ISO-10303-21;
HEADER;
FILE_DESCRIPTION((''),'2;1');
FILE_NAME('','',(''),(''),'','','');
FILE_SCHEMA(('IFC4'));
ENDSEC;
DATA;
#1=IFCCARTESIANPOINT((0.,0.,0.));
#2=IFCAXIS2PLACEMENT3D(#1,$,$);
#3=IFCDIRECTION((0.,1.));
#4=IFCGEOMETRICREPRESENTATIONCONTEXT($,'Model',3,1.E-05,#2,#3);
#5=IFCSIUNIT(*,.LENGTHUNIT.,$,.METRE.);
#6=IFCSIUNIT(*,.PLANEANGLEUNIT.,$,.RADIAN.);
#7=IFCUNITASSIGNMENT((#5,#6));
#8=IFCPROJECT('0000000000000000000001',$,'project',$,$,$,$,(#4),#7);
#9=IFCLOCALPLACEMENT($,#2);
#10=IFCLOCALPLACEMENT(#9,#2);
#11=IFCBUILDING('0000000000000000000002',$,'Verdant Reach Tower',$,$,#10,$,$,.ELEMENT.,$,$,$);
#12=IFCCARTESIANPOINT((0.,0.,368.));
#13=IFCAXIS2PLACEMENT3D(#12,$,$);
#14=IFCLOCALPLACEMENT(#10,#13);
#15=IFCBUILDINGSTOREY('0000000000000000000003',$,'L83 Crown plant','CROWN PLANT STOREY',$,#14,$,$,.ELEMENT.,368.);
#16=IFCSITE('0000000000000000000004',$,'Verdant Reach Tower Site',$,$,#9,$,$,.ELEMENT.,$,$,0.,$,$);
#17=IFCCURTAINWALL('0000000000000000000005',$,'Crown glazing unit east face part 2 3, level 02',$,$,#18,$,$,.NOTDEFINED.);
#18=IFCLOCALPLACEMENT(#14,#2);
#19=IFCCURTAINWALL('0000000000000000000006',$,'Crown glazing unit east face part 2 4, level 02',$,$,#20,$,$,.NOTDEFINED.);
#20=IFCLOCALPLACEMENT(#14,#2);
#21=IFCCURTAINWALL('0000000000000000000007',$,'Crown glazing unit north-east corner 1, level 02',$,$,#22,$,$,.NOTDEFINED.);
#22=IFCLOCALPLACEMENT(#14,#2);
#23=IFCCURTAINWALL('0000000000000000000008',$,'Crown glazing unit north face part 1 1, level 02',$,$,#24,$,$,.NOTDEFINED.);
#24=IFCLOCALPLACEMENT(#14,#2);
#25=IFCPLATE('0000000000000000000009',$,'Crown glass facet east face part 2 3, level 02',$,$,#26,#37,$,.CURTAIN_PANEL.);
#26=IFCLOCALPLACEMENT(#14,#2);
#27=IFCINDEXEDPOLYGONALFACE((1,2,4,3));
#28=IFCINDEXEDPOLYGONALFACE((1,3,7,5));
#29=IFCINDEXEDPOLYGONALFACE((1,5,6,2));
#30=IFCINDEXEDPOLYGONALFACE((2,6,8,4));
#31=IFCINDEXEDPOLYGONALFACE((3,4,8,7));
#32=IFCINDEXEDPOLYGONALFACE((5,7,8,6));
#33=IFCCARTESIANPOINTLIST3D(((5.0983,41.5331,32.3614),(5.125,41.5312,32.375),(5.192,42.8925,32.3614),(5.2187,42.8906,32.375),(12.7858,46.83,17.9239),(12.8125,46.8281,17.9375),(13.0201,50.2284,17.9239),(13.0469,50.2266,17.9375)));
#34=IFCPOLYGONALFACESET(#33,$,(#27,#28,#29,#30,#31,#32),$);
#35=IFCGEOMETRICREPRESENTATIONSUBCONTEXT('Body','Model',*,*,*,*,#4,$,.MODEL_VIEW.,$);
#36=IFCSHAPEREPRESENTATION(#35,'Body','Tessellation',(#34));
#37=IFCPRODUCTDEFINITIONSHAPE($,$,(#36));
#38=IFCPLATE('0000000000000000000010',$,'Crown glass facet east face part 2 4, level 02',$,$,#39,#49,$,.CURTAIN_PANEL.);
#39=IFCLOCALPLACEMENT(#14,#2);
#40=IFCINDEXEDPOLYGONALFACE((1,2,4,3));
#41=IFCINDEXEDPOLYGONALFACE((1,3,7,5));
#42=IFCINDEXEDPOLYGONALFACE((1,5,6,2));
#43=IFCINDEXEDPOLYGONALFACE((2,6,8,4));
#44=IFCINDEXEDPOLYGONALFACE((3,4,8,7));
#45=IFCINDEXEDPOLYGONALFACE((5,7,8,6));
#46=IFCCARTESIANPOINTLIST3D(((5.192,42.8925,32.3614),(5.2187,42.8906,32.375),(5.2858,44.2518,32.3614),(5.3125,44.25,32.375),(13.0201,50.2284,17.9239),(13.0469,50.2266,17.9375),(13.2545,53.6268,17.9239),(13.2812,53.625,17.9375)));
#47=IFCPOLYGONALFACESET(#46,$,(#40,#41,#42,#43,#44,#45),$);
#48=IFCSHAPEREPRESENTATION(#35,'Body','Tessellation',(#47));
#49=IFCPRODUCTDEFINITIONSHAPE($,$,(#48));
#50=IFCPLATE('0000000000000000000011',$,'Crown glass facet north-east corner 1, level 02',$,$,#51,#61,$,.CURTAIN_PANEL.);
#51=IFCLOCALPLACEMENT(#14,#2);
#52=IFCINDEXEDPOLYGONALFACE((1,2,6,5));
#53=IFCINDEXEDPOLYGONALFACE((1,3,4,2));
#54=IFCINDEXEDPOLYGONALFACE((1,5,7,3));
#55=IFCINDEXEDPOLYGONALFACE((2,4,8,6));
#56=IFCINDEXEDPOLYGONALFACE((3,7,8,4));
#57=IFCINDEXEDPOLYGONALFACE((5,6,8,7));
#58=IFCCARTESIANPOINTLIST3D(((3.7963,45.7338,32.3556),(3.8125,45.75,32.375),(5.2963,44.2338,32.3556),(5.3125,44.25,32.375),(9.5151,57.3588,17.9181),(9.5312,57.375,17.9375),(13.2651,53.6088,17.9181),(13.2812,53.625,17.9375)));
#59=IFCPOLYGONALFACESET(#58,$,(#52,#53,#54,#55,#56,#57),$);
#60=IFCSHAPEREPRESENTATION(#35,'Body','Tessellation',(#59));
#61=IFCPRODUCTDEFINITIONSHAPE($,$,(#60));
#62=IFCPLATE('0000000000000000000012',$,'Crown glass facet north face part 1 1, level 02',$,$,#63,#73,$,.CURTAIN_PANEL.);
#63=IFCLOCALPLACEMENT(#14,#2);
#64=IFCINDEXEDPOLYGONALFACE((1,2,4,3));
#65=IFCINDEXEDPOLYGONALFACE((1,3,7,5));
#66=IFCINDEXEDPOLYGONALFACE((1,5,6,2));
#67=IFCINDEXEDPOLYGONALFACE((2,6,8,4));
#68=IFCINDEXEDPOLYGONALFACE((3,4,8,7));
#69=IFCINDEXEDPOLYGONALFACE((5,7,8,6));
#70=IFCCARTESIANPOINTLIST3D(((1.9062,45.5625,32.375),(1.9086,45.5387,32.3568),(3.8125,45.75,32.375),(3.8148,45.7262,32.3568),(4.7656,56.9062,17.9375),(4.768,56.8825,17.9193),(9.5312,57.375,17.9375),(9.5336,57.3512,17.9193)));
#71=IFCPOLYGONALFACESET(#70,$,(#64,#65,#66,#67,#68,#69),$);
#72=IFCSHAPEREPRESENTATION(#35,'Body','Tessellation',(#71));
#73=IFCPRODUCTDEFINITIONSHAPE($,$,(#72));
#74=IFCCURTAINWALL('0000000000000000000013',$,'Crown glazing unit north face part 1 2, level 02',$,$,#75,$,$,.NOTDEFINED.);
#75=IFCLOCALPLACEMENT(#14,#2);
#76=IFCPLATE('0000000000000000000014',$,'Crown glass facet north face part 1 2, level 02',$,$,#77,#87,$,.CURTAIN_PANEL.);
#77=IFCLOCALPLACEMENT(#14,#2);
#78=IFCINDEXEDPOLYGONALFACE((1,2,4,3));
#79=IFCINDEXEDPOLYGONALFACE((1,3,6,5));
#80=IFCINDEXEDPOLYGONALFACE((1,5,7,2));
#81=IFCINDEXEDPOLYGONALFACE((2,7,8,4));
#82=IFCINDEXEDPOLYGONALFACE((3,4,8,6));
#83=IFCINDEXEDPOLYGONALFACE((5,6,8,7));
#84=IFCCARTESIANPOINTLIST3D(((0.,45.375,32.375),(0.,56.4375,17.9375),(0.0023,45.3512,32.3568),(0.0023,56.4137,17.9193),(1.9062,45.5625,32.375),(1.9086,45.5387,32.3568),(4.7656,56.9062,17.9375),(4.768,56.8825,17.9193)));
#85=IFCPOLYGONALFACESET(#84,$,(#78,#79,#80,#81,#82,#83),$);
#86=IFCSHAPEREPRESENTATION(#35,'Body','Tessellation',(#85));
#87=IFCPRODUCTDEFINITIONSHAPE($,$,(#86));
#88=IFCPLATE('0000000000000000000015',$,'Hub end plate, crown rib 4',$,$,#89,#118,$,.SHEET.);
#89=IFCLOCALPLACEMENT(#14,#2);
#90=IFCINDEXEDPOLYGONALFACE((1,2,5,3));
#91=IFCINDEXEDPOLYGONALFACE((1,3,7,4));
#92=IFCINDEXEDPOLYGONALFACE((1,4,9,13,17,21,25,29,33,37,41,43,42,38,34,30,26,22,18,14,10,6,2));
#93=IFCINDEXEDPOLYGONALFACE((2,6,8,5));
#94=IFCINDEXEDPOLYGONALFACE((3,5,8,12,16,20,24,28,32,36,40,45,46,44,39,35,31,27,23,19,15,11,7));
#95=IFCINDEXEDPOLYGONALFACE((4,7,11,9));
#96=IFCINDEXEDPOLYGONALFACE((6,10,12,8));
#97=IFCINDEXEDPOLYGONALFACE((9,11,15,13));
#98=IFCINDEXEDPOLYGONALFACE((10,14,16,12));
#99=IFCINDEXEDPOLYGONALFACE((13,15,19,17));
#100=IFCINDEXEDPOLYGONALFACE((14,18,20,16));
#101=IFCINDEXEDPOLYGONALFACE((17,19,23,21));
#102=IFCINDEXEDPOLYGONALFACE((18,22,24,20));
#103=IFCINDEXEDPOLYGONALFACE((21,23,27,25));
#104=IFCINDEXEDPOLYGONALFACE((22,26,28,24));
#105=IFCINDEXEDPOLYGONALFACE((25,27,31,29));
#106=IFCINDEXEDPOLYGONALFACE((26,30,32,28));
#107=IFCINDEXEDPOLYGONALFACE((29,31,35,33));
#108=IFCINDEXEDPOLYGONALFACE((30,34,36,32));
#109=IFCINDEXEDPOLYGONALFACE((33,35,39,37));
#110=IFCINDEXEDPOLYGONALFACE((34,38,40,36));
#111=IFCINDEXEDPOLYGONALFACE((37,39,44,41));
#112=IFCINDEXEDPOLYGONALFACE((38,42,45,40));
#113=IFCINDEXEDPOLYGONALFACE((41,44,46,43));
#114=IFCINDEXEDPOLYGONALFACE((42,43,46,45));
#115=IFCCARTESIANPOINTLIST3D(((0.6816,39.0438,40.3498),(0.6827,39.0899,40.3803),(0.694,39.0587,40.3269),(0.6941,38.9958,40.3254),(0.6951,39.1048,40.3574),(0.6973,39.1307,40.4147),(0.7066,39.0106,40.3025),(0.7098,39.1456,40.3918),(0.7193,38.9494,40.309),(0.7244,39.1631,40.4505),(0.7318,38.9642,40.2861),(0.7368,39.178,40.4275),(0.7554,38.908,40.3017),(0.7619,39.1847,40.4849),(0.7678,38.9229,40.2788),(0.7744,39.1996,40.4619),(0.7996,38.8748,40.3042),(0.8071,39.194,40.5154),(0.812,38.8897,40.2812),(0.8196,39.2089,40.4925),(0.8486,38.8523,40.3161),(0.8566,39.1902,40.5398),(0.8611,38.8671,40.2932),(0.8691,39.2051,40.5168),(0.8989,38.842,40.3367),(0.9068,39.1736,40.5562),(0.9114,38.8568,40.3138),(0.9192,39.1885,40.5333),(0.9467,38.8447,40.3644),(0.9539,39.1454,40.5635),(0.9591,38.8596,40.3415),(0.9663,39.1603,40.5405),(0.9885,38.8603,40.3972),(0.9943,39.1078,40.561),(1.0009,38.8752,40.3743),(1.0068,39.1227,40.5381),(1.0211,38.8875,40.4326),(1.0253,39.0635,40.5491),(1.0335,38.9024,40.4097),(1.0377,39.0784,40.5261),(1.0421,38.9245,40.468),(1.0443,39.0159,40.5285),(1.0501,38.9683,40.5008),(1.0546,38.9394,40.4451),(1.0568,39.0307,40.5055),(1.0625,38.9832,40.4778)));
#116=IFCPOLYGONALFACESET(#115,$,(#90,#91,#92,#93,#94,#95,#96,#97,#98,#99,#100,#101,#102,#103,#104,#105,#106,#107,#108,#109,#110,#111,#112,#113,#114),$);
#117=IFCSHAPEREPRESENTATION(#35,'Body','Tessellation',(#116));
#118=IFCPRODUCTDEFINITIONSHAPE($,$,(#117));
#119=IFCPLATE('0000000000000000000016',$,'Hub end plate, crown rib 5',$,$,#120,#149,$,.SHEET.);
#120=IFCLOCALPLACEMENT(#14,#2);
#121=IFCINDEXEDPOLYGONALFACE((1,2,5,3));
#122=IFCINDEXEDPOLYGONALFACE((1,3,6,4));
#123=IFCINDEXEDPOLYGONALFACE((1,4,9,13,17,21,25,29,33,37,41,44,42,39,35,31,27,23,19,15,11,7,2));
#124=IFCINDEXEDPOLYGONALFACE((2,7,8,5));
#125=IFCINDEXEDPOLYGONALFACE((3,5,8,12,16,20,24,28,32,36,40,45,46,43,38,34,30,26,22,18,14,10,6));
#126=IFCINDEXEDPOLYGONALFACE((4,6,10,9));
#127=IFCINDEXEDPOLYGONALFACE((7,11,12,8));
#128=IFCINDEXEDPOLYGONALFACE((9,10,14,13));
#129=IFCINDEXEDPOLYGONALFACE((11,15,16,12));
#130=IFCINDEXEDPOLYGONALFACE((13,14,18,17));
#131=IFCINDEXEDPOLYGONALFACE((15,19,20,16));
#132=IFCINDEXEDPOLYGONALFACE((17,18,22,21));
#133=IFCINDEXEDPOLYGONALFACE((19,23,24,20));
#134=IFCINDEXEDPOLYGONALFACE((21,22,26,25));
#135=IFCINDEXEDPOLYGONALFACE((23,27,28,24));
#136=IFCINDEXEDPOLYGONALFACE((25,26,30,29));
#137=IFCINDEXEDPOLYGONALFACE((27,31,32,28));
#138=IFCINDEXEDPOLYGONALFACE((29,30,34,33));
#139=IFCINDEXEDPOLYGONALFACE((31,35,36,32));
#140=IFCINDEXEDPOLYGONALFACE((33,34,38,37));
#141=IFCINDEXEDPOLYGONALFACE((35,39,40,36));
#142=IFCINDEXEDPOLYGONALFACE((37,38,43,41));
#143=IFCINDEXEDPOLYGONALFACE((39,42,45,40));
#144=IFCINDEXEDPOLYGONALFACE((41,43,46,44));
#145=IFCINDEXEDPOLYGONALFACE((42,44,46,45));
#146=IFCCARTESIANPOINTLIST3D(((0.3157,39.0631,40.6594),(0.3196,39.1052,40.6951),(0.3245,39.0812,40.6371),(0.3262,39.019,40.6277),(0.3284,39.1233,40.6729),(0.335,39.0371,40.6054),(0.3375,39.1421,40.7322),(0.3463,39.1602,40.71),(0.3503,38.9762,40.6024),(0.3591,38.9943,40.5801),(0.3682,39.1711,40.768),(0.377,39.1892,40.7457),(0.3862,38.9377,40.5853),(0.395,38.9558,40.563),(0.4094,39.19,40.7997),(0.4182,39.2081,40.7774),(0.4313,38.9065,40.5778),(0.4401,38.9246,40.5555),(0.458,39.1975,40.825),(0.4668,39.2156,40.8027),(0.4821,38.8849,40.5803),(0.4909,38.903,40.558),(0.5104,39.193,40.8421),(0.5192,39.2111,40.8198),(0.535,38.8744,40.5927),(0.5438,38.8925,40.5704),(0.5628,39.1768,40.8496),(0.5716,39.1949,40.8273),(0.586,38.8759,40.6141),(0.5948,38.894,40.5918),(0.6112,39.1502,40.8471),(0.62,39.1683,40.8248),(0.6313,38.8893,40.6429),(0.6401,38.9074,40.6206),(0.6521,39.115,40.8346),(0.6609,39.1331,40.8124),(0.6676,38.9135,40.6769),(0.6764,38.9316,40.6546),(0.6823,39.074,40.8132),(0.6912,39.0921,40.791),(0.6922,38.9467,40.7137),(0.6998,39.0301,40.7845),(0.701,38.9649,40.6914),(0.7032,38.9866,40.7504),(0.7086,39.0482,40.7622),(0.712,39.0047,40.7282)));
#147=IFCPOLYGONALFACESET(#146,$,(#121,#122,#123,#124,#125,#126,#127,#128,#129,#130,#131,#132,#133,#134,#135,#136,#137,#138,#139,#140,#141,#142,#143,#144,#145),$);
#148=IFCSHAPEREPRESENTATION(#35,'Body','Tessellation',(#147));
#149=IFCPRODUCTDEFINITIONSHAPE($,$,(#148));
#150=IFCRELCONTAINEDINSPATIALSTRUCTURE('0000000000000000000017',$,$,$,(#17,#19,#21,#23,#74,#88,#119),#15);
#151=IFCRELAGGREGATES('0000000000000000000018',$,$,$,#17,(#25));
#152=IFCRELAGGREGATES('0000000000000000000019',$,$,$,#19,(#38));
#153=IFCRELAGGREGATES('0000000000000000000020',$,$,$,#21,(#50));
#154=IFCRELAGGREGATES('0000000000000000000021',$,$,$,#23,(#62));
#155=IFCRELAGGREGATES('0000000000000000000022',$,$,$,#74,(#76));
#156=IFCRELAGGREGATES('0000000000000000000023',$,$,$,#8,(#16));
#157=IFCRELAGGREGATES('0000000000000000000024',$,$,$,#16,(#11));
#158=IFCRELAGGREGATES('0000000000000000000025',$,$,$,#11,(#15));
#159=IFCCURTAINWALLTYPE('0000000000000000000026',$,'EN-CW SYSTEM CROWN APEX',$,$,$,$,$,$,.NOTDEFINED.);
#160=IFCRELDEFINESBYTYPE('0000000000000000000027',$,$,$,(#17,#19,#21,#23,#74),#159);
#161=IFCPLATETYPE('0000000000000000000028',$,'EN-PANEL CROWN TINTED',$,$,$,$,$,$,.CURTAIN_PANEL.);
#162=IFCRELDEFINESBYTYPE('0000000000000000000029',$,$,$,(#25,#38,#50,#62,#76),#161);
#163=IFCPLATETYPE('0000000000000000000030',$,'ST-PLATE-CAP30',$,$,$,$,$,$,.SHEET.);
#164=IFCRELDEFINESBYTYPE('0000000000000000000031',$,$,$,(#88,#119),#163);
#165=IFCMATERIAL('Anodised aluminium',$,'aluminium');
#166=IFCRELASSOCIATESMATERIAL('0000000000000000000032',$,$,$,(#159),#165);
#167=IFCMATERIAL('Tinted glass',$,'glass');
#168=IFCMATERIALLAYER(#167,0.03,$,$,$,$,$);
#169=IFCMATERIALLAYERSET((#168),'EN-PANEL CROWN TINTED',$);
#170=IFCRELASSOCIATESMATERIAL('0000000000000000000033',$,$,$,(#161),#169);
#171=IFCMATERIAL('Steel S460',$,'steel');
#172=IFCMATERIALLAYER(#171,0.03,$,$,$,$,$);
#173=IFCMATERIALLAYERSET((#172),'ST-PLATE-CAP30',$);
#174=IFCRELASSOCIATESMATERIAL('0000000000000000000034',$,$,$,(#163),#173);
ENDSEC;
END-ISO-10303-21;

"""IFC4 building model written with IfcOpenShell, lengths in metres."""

from ifc_helpers import new_model, si_unit, direction, frame, origin, origin_2d, place, context, subcontext, project, spatial, polyline, circle, outline, extrude, material, layer, layer_set, type_object, element, aggregate, save


model = new_model("IFC4")

# Units and contexts
model_context = context("Model", 3, precision=1e-05, world=origin(), true_north=direction((0.0, 1.0)))
body_context = subcontext(model_context, "Body", "Model", "MODEL_VIEW")
ifc_project = project(units=[si_unit("LENGTHUNIT", "METRE"), si_unit("PLANEANGLEUNIT", "RADIAN")], contexts=[model_context])

# Site, building, storey
site_placement = place(None, origin())
site = spatial("IfcSite", under=ifc_project, at=site_placement, Name="Verdant Reach Tower Site", CompositionType="ELEMENT", RefElevation=0.0)
building_placement = place(site_placement, origin())
building = spatial("IfcBuilding", under=site, at=building_placement, Name="Verdant Reach Tower", CompositionType="ELEMENT")
storey_placement = place(building_placement, frame((0.0, 0.0, 368.0)))
storey = spatial("IfcBuildingStorey", under=building, at=storey_placement, Name="L83 Crown plant", Description="CROWN PLANT STOREY", CompositionType="ELEMENT", Elevation=368.0)

# Curtain walls
ifc_material_1 = material(Name="Anodised aluminium", Category="aluminium")
curtain_wall_type = type_object("IfcCurtainWallType", Name="EN-CW SYSTEM CROWN APEX", PredefinedType="NOTDEFINED", material=ifc_material_1)
curtain_wall_1_placement = place(storey_placement, origin())
curtain_wall_1 = element("IfcCurtainWall", 1, at=curtain_wall_1_placement, inside=storey, type_object=curtain_wall_type, Name="Crown glazing unit east face part 2 3, level 02", PredefinedType="NOTDEFINED")
curtain_wall_2_placement = place(storey_placement, origin())
curtain_wall_2 = element("IfcCurtainWall", 2, at=curtain_wall_2_placement, inside=storey, type_object=curtain_wall_type, Name="Crown glazing unit east face part 2 4, level 02", PredefinedType="NOTDEFINED")
curtain_wall_3_placement = place(storey_placement, origin())
curtain_wall_3 = element("IfcCurtainWall", 3, at=curtain_wall_3_placement, inside=storey, type_object=curtain_wall_type, Name="Crown glazing unit north-east corner 1, level 02", PredefinedType="NOTDEFINED")
curtain_wall_4_placement = place(storey_placement, origin())
curtain_wall_4 = element("IfcCurtainWall", 4, at=curtain_wall_4_placement, inside=storey, type_object=curtain_wall_type, Name="Crown glazing unit north face part 1 1, level 02", PredefinedType="NOTDEFINED")

# Plates
ifc_material_2 = material(Name="Tinted glass", Category="glass")
ifc_layer_1 = layer(ifc_material_2, 0.03)
ifc_layer_set_1 = layer_set([ifc_layer_1], Name="EN-PANEL CROWN TINTED")
plate_type_1 = type_object("IfcPlateType", Name="EN-PANEL CROWN TINTED", PredefinedType="CURTAIN_PANEL", material=ifc_layer_set_1)
plate_1_placement = place(storey_placement, frame((12.8125, 46.8281, 17.9375), z_axis=(0.890174, -0.061391, 0.451465), x_axis=(0.068802, 0.99763, 0.0)))
plate_1 = element("IfcPlate", 5, at=plate_1_placement, type_object=plate_type_1, Name="Crown glass facet east face part 2 3, level 02", PredefinedType="CURTAIN_PANEL", context=body_context, shape_type="SweptSolid", body=[
    extrude(outline(polyline([(0.0, 0.0), (3.4065, 0.0), (-4.4506, 16.1803), (-5.8132, 16.1803), (0.0, 0.0)])), origin(), (0.0, 0.0, -1.0), 0.03),
])
aggregate(curtain_wall_1, [plate_1])
plate_2_placement = place(storey_placement, frame((13.0469, 50.2266, 17.9375), z_axis=(0.890174, -0.061391, 0.451465), x_axis=(0.068802, 0.99763, 0.0)))
plate_2 = element("IfcPlate", 6, at=plate_2_placement, type_object=plate_type_1, Name="Crown glass facet east face part 2 4, level 02", PredefinedType="CURTAIN_PANEL", context=body_context, shape_type="SweptSolid", body=[
    extrude(outline(polyline([(0.0, 0.0), (3.4065, 0.0), (-6.4945, 16.1803), (-7.8571, 16.1803), (0.0, 0.0)])), origin(), (0.0, 0.0, -1.0), 0.03),
])
aggregate(curtain_wall_2, [plate_2])
plate_3_placement = place(storey_placement, frame((13.2812, 53.625, 17.9375), z_axis=(0.53892, 0.53892, 0.647403), x_axis=(-0.707107, 0.707107, 0.0)))
plate_3 = element("IfcPlate", 7, at=plate_3_placement, type_object=plate_type_1, Name="Crown glass facet north-east corner 1, level 02", PredefinedType="CURTAIN_PANEL", context=body_context, shape_type="SweptSolid", body=[
    extrude(outline(polyline([(0.0, 0.0), (5.3033, 0.0), (1.127, 18.9432), (-0.9944, 18.9432), (0.0, 0.0)])), origin(), (0.0, 0.0, -1.0), 0.03),
])
aggregate(curtain_wall_3, [plate_3])
plate_4_placement = place(storey_placement, frame((9.5312, 57.375, 17.9375), z_axis=(-0.077839, 0.791364, 0.60637), x_axis=(-0.995197, -0.097888, 0.0)))
plate_4 = element("IfcPlate", 8, at=plate_4_placement, type_object=plate_type_1, Name="Crown glass facet north face part 1 1, level 02", PredefinedType="CURTAIN_PANEL", context=body_context, shape_type="SweptSolid", body=[
    extrude(outline(polyline([(0.0, 0.0), (4.7886, 0.0), (8.7447, 18.1562), (6.8292, 18.1562), (0.0, 0.0)])), origin(), (0.0, 0.0, -1.0), 0.03),
])
aggregate(curtain_wall_4, [plate_4])

# Curtain wall, plate
curtain_wall_5_placement = place(storey_placement, origin())
curtain_wall_5 = element("IfcCurtainWall", 9, at=curtain_wall_5_placement, inside=storey, type_object=curtain_wall_type, Name="Crown glazing unit north face part 1 2, level 02", PredefinedType="NOTDEFINED")
plate_5_placement = place(storey_placement, frame((4.7656, 56.9062, 17.9375), z_axis=(-0.077839, 0.791364, 0.60637), x_axis=(-0.995197, -0.097888, 0.0)))
plate_5 = element("IfcPlate", 10, at=plate_5_placement, type_object=plate_type_1, Name="Crown glass facet north face part 1 2, level 02", PredefinedType="CURTAIN_PANEL", context=body_context, shape_type="SweptSolid", body=[
    extrude(outline(polyline([(0.0, 0.0), (4.7886, 0.0), (5.8715, 18.1562), (3.9561, 18.1562), (0.0, 0.0)])), origin(), (0.0, 0.0, -1.0), 0.03),
])
aggregate(curtain_wall_5, [plate_5])

# Plates
ifc_material_3 = material(Name="Steel S460", Category="steel")
ifc_layer_2 = layer(ifc_material_3, 0.03)
ifc_layer_set_2 = layer_set([ifc_layer_2], Name="ST-PLATE-CAP30")
plate_type_2 = type_object("IfcPlateType", Name="ST-PLATE-CAP30", PredefinedType="SHEET", material=ifc_layer_set_2)
for number, where, z_axis, x_axis, name in (
    (11, (0.8777, 39.0327, 40.4097), (-0.414237, -0.49546, 0.763496), (0.767189, -0.641421, 0.0), "Hub end plate, crown rib 4"),
    (12, (0.5183, 39.0537, 40.6914), (-0.293421, -0.603143, 0.741703), (0.899235, -0.437466, 0.0), "Hub end plate, crown rib 5"),
):
    element("IfcPlate", number, at=place(storey_placement, frame(where, z_axis=z_axis, x_axis=x_axis)), inside=storey, type_object=plate_type_2, Name=name, PredefinedType="SHEET", context=body_context, shape_type="SweptSolid", body=[
        extrude(circle(Radius=0.2031, at=origin_2d()), origin(), (0.0, 0.0, 1.0), 0.03),
    ])

save(model, "model.ifc")
